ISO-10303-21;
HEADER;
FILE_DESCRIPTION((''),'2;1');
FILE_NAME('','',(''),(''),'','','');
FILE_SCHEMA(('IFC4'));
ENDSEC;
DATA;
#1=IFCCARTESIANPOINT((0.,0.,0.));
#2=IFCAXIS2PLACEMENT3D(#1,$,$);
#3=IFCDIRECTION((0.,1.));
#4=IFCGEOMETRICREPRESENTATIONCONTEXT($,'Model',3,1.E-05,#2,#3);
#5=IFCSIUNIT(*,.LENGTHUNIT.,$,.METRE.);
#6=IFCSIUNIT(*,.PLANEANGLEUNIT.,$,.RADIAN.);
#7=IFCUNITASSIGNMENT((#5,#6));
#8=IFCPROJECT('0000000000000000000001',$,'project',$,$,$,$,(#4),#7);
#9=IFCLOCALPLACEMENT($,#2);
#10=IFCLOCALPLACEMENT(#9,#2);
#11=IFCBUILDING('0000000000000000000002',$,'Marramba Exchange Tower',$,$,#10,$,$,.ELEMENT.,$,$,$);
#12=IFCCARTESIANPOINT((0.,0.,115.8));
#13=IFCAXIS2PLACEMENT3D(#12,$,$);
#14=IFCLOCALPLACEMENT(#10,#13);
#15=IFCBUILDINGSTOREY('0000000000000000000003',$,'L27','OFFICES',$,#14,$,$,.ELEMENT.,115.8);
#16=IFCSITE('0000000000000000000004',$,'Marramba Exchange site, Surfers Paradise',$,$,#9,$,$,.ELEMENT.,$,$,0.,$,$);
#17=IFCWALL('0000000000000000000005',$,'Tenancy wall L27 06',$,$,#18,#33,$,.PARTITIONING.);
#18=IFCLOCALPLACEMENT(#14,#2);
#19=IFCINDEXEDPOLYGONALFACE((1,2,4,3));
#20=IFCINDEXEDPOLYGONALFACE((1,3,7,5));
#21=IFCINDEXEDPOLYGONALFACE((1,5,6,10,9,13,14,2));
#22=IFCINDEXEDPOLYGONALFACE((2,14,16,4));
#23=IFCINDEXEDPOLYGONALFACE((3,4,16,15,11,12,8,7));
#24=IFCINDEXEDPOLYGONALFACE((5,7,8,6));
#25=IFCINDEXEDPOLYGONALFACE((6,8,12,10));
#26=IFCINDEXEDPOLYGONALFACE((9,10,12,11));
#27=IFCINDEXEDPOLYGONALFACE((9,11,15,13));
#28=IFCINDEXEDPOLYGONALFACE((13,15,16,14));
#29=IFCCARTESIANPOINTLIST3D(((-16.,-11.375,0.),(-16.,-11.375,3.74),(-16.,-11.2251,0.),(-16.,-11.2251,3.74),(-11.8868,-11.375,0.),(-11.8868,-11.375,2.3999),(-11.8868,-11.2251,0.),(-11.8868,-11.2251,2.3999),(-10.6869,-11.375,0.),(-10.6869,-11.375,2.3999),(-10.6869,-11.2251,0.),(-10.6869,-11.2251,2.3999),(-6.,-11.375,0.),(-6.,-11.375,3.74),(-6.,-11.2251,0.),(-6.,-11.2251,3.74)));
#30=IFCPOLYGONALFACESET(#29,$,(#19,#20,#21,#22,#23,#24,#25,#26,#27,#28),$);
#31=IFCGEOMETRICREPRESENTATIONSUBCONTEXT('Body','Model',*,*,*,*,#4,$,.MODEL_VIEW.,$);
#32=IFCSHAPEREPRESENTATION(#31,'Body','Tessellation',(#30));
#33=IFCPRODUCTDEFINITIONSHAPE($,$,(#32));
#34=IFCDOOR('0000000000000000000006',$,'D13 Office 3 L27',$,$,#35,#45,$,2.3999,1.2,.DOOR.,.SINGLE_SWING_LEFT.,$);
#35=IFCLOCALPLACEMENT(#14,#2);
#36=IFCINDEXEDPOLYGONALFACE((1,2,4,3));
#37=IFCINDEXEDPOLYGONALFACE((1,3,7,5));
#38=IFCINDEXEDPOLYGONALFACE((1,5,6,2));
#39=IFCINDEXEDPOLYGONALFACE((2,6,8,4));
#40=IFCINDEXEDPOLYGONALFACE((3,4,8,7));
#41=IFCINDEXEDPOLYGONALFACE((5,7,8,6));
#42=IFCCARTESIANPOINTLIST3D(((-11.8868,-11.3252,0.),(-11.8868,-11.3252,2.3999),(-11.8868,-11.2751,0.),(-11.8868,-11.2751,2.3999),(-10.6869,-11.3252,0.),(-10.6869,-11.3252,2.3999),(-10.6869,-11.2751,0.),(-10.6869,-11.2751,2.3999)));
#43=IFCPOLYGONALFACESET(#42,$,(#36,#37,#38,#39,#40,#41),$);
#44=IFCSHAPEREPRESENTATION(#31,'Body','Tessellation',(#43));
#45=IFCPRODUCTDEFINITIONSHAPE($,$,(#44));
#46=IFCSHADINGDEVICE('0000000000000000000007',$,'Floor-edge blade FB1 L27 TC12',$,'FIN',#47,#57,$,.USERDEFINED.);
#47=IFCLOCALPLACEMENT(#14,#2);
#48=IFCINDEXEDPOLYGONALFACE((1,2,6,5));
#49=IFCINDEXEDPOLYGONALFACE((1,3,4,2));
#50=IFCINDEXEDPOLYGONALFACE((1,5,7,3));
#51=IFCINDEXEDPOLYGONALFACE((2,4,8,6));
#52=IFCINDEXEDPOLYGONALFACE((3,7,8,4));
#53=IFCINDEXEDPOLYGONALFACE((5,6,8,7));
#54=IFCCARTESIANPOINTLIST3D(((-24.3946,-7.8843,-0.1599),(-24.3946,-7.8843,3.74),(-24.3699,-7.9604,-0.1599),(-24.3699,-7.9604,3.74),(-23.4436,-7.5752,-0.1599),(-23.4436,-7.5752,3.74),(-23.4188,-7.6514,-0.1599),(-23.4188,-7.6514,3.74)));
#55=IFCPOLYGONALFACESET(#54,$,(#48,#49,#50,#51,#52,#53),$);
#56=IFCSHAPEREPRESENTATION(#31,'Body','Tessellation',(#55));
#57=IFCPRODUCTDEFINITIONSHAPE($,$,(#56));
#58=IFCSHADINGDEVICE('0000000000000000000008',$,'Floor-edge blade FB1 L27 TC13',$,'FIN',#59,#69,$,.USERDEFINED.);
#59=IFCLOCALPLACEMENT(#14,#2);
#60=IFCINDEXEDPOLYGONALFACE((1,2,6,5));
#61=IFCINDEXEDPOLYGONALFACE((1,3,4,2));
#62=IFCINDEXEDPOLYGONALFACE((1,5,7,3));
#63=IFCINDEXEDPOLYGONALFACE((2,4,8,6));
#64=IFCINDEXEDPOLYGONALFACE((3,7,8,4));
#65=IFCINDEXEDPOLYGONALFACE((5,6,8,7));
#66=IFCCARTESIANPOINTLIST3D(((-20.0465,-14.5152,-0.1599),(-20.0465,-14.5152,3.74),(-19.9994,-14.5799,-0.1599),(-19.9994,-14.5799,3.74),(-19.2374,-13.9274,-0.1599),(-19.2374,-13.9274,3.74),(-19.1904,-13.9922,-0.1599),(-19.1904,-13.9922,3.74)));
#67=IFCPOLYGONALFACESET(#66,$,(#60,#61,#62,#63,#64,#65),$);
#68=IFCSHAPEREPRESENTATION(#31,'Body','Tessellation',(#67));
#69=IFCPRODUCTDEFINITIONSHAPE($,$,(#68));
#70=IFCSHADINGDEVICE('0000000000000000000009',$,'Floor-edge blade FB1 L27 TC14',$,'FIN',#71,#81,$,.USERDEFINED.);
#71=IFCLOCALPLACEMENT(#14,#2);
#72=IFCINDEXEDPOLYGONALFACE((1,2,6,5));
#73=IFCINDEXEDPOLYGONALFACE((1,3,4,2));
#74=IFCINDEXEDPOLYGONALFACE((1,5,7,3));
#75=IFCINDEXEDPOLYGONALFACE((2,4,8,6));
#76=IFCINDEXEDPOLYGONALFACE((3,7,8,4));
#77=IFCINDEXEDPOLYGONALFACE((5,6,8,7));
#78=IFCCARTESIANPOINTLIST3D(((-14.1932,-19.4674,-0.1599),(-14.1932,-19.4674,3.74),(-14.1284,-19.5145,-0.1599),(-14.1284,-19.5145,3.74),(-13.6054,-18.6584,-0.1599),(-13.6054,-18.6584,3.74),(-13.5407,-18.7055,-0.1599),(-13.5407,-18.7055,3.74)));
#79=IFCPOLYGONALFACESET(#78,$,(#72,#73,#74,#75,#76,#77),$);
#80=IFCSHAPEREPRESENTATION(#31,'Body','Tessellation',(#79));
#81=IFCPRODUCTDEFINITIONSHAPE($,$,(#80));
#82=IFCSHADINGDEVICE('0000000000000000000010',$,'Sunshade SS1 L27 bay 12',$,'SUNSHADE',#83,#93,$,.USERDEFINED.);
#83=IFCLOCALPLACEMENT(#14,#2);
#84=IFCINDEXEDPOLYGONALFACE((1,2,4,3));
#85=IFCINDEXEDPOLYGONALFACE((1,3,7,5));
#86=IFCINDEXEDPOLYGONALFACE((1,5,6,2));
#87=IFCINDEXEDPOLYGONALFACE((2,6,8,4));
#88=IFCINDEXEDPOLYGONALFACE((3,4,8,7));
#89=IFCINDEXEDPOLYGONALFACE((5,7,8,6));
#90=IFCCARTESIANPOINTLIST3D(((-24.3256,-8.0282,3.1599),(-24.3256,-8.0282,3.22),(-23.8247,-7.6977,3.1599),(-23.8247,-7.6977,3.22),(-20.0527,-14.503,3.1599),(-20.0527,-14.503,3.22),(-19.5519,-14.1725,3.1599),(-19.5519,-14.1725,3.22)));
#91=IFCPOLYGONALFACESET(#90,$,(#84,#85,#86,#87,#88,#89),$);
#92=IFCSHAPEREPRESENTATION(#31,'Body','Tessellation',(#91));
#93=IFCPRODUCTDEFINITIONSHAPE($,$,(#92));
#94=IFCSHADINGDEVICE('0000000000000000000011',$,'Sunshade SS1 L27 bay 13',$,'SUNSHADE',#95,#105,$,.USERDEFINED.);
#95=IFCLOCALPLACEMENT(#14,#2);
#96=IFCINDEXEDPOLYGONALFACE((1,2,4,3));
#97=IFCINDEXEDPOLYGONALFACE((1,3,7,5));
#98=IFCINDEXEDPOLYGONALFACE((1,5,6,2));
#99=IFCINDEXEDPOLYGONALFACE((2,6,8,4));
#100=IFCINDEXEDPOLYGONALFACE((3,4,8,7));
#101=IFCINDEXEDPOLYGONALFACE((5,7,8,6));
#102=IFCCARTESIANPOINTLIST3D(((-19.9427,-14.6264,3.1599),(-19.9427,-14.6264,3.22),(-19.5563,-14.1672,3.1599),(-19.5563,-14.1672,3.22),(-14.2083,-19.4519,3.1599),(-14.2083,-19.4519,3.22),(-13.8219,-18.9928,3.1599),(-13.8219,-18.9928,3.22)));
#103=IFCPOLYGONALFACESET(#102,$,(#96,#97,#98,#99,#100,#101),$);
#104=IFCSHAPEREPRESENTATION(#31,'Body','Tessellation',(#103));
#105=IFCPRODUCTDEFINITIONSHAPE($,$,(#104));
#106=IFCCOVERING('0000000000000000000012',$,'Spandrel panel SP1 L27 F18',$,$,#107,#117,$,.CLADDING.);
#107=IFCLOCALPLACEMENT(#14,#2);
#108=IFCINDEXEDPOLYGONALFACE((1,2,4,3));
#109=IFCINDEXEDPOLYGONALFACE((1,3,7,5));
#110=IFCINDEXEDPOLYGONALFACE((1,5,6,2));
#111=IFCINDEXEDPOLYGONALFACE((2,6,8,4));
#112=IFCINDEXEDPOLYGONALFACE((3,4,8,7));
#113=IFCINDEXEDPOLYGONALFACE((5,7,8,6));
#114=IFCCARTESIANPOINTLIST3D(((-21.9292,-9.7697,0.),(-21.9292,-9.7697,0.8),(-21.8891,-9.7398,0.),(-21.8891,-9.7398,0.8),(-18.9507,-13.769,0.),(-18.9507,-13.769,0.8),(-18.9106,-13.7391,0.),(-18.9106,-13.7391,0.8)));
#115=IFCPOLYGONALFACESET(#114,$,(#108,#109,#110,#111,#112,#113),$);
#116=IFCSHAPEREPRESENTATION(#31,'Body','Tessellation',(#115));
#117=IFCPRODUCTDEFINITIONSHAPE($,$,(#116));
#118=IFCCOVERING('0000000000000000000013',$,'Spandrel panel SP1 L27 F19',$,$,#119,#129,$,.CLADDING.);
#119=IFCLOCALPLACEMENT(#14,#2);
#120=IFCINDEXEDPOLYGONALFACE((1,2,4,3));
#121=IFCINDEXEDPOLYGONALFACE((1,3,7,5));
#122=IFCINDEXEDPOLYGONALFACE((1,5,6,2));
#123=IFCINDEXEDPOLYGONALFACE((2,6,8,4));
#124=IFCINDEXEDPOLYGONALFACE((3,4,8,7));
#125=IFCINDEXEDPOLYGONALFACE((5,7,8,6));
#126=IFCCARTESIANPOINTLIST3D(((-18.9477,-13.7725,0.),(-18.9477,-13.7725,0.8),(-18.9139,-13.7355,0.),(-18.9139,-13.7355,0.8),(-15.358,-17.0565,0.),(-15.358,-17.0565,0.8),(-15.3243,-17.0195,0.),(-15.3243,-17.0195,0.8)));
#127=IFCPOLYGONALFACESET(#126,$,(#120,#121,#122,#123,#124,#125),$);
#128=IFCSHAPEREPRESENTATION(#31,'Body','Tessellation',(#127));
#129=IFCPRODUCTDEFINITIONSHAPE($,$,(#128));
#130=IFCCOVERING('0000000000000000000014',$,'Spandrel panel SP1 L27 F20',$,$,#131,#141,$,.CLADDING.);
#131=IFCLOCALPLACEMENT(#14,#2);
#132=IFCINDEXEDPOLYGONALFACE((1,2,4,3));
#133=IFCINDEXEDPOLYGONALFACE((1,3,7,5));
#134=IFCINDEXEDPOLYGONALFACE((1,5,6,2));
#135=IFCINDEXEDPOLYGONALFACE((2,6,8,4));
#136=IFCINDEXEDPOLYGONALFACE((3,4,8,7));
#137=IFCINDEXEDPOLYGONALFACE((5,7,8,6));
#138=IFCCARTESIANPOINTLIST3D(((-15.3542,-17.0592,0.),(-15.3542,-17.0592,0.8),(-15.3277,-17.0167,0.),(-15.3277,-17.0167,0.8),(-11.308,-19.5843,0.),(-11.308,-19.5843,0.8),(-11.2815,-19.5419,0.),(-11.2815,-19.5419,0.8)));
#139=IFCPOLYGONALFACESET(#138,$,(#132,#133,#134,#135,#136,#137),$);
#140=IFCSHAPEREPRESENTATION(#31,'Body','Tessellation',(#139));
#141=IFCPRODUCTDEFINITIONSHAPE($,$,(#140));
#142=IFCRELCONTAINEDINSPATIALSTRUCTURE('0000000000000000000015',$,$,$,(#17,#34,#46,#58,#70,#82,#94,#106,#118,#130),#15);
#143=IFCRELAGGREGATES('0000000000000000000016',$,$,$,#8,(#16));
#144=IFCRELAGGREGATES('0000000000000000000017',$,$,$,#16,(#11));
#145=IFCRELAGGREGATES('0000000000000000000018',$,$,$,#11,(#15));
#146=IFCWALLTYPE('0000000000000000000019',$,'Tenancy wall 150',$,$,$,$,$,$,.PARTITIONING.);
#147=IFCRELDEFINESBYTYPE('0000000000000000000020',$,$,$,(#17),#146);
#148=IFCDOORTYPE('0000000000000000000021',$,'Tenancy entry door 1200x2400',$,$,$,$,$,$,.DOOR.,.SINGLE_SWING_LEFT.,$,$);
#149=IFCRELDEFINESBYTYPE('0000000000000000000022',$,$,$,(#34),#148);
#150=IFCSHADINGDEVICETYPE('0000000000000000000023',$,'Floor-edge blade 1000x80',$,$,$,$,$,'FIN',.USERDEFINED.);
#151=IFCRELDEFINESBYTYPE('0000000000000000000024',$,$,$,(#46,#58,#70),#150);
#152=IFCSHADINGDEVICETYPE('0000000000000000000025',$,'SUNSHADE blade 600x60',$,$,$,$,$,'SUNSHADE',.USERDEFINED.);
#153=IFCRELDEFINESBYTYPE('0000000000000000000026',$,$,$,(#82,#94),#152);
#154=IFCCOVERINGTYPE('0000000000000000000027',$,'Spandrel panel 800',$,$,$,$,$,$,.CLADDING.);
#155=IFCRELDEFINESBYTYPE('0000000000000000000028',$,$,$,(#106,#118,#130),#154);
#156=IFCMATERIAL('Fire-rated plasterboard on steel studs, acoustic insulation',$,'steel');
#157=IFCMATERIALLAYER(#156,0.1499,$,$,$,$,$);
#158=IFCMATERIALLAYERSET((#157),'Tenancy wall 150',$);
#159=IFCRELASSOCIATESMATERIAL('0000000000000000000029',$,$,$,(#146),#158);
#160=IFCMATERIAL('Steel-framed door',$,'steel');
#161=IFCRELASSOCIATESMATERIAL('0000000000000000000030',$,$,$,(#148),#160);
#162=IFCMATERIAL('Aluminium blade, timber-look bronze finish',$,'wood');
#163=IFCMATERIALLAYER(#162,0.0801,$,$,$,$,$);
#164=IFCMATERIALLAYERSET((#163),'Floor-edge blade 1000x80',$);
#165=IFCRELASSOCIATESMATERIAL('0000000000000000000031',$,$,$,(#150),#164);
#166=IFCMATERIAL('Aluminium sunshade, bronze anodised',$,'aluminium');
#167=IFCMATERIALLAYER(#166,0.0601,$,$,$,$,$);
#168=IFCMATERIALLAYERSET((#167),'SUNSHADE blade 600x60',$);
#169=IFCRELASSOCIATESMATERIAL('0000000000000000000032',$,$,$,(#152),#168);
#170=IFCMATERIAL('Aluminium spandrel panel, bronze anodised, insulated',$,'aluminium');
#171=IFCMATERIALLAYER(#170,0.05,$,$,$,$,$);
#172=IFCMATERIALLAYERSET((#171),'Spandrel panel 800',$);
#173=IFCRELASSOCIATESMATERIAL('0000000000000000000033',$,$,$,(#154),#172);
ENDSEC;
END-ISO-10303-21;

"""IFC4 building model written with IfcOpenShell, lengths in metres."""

from ifc_helpers import new_model, si_unit, direction, frame, frame_2d, origin, origin_2d, place, context, subcontext, project, spatial, rectangle, extrude, material, layer, layer_set, type_object, element, fill, save


model = new_model("IFC4")

# Units and contexts
model_context = context("Model", 3, precision=1e-05, world=origin(), true_north=direction((0.0, 1.0)))
body_context = subcontext(model_context, "Body", "Model", "MODEL_VIEW")
ifc_project = project(units=[si_unit("LENGTHUNIT", "METRE"), si_unit("PLANEANGLEUNIT", "RADIAN")], contexts=[model_context])

# Site, building, storey
site_placement = place(None, origin())
site = spatial("IfcSite", under=ifc_project, at=site_placement, Name="Marramba Exchange site, Surfers Paradise", CompositionType="ELEMENT", RefElevation=0.0)
building_placement = place(site_placement, origin())
building = spatial("IfcBuilding", under=site, at=building_placement, Name="Marramba Exchange Tower", CompositionType="ELEMENT")
storey_placement = place(building_placement, frame((0.0, 0.0, 115.8)))
storey = spatial("IfcBuildingStorey", under=building, at=storey_placement, Name="L27", Description="OFFICES", CompositionType="ELEMENT", Elevation=115.8)

# Wall, opening, door
ifc_material_1 = material(Name="Fire-rated plasterboard on steel studs, acoustic insulation", Category="steel")
ifc_layer_1 = layer(ifc_material_1, 0.1499)
ifc_layer_set_1 = layer_set([ifc_layer_1], Name="Tenancy wall 150")
wall_type_1 = type_object("IfcWallType", Name="Tenancy wall 150", PredefinedType="PARTITIONING", material=ifc_layer_set_1)
wall_1_placement = place(storey_placement, frame((-16.0, -11.3, 0.0), z_axis=(0.0, 0.0, 1.0), x_axis=(1.0, 0.0, 0.0)))
wall_1 = element("IfcWall", 1, at=wall_1_placement, inside=storey, type_object=wall_type_1, Name="Tenancy wall L27 06", PredefinedType="PARTITIONING", context=body_context, shape_type="SweptSolid", body=[
    extrude(rectangle(XDim=10.0, YDim=0.1499, at=frame_2d((5.0, 0.0))), origin(), (0.0, 0.0, 1.0), 3.74),
])
opening_1_placement = place(wall_1_placement, frame((4.113, 0.0, 0.0)))
opening_1 = element("IfcOpeningElement", 2, at=opening_1_placement, cuts=wall_1, PredefinedType="OPENING", context=body_context, shape_type="SweptSolid", body=[
    extrude(rectangle(XDim=1.2, YDim=2.3999, at=frame_2d((0.6001, 1.2))), frame((0.0, 0.085, 0.0), z_axis=(0.0, -1.0, 0.0), x_axis=(1.0, 0.0, 0.0)), (0.0, 0.0, 1.0), 0.1699),
])
ifc_material_2 = material(Name="Steel-framed door", Category="steel")
door_type_1 = type_object("IfcDoorType", Name="Tenancy entry door 1200x2400", OperationType="SINGLE_SWING_LEFT", PredefinedType="DOOR", material=ifc_material_2)
door_1_placement = place(opening_1_placement, origin())
door_1 = element("IfcDoor", 3, at=door_1_placement, inside=storey, type_object=door_type_1, Name="D13 Office 3 L27", OperationType="SINGLE_SWING_LEFT", OverallHeight=2.3999, OverallWidth=1.2, PredefinedType="DOOR", context=body_context, shape_type="SweptSolid", body=[
    extrude(rectangle(XDim=1.2, YDim=2.3999, at=frame_2d((0.6001, 1.2))), frame((0.0, 0.0249, 0.0), z_axis=(0.0, -1.0, 0.0), x_axis=(1.0, 0.0, 0.0)), (0.0, 0.0, 1.0), 0.05),
])
fill(opening_1, door_1)

# Shading devices
ifc_material_3 = material(Name="Aluminium blade, timber-look bronze finish", Category="wood")
ifc_layer_2 = layer(ifc_material_3, 0.0801)
ifc_layer_set_2 = layer_set([ifc_layer_2], Name="Floor-edge blade 1000x80")
shading_device_type_1 = type_object("IfcShadingDeviceType", Name="Floor-edge blade 1000x80", ElementType="FIN", PredefinedType="USERDEFINED", material=ifc_layer_set_2)
for number, where, z_axis, x_axis, name in (
    (4, (-23.9067, -7.7678, -0.1599), (0.0, 0.0, 1.0), (-0.951057, -0.309017, 0.0), "Floor-edge blade FB1 L27 TC12"),
    (5, (-19.6184, -14.2537, -0.1599), (0.0, 0.0, 1.0), (-0.809017, -0.587785, 0.0), "Floor-edge blade FB1 L27 TC13"),
    (6, (-13.8669, -19.0864, -0.1599), (0.0, 0.0, 1.0), (-0.587785, -0.809017, 0.0), "Floor-edge blade FB1 L27 TC14"),
):
    element("IfcShadingDevice", number, at=place(storey_placement, frame(where, z_axis=z_axis, x_axis=x_axis)), inside=storey, type_object=shading_device_type_1, Name=name, ObjectType="FIN", PredefinedType="USERDEFINED", context=body_context, shape_type="SweptSolid", body=[
        extrude(rectangle(XDim=1.0, YDim=0.0801, at=origin_2d()), origin(), (0.0, 0.0, 1.0), 3.8999),
    ])
ifc_material_4 = material(Name="Aluminium sunshade, bronze anodised", Category="aluminium")
ifc_layer_3 = layer(ifc_material_4, 0.0601)
ifc_layer_set_3 = layer_set([ifc_layer_3], Name="SUNSHADE blade 600x60")
shading_device_type_2 = type_object("IfcShadingDeviceType", Name="SUNSHADE blade 600x60", ElementType="SUNSHADE", PredefinedType="USERDEFINED", material=ifc_layer_set_3)
shading_device_1_placement = place(storey_placement, frame((-21.9387, -11.1003, 3.1599), z_axis=(0.0, 0.0, 1.0), x_axis=(0.550792, -0.834642, 0.0)))
element("IfcShadingDevice", 7, at=shading_device_1_placement, inside=storey, type_object=shading_device_type_2, Name="Sunshade SS1 L27 bay 12", ObjectType="SUNSHADE", PredefinedType="USERDEFINED", context=body_context, shape_type="SweptSolid", body=[
    extrude(rectangle(XDim=7.7576, YDim=0.6001, at=origin_2d()), origin(), (0.0, 0.0, 1.0), 0.0601),
])
shading_device_2_placement = place(storey_placement, frame((-16.8823, -16.8096, 3.1599), z_axis=(0.0, 0.0, 1.0), x_axis=(0.765139, -0.643866, 0.0)))
element("IfcShadingDevice", 8, at=shading_device_2_placement, inside=storey, type_object=shading_device_type_2, Name="Sunshade SS1 L27 bay 13", ObjectType="SUNSHADE", PredefinedType="USERDEFINED", context=body_context, shape_type="SweptSolid", body=[
    extrude(rectangle(XDim=7.4946, YDim=0.6001, at=origin_2d()), origin(), (0.0, 0.0, 1.0), 0.0601),
])

# Coverings
ifc_material_5 = material(Name="Aluminium spandrel panel, bronze anodised, insulated", Category="aluminium")
ifc_layer_4 = layer(ifc_material_5, 0.05)
ifc_layer_set_4 = layer_set([ifc_layer_4], Name="Spandrel panel 800")
covering_type = type_object("IfcCoveringType", Name="Spandrel panel 800", PredefinedType="CLADDING", material=ifc_layer_set_4)
covering_1_placement = place(storey_placement, frame((-20.4199, -11.7544, 0.0), z_axis=(0.0, 0.0, 1.0), x_axis=(0.597305, -0.802014, 0.0)))
element("IfcCovering", 9, at=covering_1_placement, inside=storey, type_object=covering_type, Name="Spandrel panel SP1 L27 F18", PredefinedType="CLADDING", context=body_context, shape_type="SweptSolid", body=[
    extrude(rectangle(XDim=4.9866, YDim=0.05, at=origin_2d()), origin(), (0.0, 0.0, 1.0), 0.8),
])
covering_2_placement = place(storey_placement, frame((-17.136, -15.396, 0.0), z_axis=(0.0, 0.0, 1.0), x_axis=(0.737822, -0.674995, 0.0)))
element("IfcCovering", 10, at=covering_2_placement, inside=storey, type_object=covering_type, Name="Spandrel panel SP1 L27 F19", PredefinedType="CLADDING", context=body_context, shape_type="SweptSolid", body=[
    extrude(rectangle(XDim=4.8652, YDim=0.05, at=origin_2d()), origin(), (0.0, 0.0, 1.0), 0.8),
])
covering_3_placement = place(storey_placement, frame((-13.3179, -18.3005, 0.0), z_axis=(0.0, 0.0, 1.0), x_axis=(0.848355, -0.529428, 0.0)))
element("IfcCovering", 11, at=covering_3_placement, inside=storey, type_object=covering_type, Name="Spandrel panel SP1 L27 F20", PredefinedType="CLADDING", context=body_context, shape_type="SweptSolid", body=[
    extrude(rectangle(XDim=4.7695, YDim=0.05, at=origin_2d()), origin(), (0.0, 0.0, 1.0), 0.8),
])

save(model, "model.ifc")
